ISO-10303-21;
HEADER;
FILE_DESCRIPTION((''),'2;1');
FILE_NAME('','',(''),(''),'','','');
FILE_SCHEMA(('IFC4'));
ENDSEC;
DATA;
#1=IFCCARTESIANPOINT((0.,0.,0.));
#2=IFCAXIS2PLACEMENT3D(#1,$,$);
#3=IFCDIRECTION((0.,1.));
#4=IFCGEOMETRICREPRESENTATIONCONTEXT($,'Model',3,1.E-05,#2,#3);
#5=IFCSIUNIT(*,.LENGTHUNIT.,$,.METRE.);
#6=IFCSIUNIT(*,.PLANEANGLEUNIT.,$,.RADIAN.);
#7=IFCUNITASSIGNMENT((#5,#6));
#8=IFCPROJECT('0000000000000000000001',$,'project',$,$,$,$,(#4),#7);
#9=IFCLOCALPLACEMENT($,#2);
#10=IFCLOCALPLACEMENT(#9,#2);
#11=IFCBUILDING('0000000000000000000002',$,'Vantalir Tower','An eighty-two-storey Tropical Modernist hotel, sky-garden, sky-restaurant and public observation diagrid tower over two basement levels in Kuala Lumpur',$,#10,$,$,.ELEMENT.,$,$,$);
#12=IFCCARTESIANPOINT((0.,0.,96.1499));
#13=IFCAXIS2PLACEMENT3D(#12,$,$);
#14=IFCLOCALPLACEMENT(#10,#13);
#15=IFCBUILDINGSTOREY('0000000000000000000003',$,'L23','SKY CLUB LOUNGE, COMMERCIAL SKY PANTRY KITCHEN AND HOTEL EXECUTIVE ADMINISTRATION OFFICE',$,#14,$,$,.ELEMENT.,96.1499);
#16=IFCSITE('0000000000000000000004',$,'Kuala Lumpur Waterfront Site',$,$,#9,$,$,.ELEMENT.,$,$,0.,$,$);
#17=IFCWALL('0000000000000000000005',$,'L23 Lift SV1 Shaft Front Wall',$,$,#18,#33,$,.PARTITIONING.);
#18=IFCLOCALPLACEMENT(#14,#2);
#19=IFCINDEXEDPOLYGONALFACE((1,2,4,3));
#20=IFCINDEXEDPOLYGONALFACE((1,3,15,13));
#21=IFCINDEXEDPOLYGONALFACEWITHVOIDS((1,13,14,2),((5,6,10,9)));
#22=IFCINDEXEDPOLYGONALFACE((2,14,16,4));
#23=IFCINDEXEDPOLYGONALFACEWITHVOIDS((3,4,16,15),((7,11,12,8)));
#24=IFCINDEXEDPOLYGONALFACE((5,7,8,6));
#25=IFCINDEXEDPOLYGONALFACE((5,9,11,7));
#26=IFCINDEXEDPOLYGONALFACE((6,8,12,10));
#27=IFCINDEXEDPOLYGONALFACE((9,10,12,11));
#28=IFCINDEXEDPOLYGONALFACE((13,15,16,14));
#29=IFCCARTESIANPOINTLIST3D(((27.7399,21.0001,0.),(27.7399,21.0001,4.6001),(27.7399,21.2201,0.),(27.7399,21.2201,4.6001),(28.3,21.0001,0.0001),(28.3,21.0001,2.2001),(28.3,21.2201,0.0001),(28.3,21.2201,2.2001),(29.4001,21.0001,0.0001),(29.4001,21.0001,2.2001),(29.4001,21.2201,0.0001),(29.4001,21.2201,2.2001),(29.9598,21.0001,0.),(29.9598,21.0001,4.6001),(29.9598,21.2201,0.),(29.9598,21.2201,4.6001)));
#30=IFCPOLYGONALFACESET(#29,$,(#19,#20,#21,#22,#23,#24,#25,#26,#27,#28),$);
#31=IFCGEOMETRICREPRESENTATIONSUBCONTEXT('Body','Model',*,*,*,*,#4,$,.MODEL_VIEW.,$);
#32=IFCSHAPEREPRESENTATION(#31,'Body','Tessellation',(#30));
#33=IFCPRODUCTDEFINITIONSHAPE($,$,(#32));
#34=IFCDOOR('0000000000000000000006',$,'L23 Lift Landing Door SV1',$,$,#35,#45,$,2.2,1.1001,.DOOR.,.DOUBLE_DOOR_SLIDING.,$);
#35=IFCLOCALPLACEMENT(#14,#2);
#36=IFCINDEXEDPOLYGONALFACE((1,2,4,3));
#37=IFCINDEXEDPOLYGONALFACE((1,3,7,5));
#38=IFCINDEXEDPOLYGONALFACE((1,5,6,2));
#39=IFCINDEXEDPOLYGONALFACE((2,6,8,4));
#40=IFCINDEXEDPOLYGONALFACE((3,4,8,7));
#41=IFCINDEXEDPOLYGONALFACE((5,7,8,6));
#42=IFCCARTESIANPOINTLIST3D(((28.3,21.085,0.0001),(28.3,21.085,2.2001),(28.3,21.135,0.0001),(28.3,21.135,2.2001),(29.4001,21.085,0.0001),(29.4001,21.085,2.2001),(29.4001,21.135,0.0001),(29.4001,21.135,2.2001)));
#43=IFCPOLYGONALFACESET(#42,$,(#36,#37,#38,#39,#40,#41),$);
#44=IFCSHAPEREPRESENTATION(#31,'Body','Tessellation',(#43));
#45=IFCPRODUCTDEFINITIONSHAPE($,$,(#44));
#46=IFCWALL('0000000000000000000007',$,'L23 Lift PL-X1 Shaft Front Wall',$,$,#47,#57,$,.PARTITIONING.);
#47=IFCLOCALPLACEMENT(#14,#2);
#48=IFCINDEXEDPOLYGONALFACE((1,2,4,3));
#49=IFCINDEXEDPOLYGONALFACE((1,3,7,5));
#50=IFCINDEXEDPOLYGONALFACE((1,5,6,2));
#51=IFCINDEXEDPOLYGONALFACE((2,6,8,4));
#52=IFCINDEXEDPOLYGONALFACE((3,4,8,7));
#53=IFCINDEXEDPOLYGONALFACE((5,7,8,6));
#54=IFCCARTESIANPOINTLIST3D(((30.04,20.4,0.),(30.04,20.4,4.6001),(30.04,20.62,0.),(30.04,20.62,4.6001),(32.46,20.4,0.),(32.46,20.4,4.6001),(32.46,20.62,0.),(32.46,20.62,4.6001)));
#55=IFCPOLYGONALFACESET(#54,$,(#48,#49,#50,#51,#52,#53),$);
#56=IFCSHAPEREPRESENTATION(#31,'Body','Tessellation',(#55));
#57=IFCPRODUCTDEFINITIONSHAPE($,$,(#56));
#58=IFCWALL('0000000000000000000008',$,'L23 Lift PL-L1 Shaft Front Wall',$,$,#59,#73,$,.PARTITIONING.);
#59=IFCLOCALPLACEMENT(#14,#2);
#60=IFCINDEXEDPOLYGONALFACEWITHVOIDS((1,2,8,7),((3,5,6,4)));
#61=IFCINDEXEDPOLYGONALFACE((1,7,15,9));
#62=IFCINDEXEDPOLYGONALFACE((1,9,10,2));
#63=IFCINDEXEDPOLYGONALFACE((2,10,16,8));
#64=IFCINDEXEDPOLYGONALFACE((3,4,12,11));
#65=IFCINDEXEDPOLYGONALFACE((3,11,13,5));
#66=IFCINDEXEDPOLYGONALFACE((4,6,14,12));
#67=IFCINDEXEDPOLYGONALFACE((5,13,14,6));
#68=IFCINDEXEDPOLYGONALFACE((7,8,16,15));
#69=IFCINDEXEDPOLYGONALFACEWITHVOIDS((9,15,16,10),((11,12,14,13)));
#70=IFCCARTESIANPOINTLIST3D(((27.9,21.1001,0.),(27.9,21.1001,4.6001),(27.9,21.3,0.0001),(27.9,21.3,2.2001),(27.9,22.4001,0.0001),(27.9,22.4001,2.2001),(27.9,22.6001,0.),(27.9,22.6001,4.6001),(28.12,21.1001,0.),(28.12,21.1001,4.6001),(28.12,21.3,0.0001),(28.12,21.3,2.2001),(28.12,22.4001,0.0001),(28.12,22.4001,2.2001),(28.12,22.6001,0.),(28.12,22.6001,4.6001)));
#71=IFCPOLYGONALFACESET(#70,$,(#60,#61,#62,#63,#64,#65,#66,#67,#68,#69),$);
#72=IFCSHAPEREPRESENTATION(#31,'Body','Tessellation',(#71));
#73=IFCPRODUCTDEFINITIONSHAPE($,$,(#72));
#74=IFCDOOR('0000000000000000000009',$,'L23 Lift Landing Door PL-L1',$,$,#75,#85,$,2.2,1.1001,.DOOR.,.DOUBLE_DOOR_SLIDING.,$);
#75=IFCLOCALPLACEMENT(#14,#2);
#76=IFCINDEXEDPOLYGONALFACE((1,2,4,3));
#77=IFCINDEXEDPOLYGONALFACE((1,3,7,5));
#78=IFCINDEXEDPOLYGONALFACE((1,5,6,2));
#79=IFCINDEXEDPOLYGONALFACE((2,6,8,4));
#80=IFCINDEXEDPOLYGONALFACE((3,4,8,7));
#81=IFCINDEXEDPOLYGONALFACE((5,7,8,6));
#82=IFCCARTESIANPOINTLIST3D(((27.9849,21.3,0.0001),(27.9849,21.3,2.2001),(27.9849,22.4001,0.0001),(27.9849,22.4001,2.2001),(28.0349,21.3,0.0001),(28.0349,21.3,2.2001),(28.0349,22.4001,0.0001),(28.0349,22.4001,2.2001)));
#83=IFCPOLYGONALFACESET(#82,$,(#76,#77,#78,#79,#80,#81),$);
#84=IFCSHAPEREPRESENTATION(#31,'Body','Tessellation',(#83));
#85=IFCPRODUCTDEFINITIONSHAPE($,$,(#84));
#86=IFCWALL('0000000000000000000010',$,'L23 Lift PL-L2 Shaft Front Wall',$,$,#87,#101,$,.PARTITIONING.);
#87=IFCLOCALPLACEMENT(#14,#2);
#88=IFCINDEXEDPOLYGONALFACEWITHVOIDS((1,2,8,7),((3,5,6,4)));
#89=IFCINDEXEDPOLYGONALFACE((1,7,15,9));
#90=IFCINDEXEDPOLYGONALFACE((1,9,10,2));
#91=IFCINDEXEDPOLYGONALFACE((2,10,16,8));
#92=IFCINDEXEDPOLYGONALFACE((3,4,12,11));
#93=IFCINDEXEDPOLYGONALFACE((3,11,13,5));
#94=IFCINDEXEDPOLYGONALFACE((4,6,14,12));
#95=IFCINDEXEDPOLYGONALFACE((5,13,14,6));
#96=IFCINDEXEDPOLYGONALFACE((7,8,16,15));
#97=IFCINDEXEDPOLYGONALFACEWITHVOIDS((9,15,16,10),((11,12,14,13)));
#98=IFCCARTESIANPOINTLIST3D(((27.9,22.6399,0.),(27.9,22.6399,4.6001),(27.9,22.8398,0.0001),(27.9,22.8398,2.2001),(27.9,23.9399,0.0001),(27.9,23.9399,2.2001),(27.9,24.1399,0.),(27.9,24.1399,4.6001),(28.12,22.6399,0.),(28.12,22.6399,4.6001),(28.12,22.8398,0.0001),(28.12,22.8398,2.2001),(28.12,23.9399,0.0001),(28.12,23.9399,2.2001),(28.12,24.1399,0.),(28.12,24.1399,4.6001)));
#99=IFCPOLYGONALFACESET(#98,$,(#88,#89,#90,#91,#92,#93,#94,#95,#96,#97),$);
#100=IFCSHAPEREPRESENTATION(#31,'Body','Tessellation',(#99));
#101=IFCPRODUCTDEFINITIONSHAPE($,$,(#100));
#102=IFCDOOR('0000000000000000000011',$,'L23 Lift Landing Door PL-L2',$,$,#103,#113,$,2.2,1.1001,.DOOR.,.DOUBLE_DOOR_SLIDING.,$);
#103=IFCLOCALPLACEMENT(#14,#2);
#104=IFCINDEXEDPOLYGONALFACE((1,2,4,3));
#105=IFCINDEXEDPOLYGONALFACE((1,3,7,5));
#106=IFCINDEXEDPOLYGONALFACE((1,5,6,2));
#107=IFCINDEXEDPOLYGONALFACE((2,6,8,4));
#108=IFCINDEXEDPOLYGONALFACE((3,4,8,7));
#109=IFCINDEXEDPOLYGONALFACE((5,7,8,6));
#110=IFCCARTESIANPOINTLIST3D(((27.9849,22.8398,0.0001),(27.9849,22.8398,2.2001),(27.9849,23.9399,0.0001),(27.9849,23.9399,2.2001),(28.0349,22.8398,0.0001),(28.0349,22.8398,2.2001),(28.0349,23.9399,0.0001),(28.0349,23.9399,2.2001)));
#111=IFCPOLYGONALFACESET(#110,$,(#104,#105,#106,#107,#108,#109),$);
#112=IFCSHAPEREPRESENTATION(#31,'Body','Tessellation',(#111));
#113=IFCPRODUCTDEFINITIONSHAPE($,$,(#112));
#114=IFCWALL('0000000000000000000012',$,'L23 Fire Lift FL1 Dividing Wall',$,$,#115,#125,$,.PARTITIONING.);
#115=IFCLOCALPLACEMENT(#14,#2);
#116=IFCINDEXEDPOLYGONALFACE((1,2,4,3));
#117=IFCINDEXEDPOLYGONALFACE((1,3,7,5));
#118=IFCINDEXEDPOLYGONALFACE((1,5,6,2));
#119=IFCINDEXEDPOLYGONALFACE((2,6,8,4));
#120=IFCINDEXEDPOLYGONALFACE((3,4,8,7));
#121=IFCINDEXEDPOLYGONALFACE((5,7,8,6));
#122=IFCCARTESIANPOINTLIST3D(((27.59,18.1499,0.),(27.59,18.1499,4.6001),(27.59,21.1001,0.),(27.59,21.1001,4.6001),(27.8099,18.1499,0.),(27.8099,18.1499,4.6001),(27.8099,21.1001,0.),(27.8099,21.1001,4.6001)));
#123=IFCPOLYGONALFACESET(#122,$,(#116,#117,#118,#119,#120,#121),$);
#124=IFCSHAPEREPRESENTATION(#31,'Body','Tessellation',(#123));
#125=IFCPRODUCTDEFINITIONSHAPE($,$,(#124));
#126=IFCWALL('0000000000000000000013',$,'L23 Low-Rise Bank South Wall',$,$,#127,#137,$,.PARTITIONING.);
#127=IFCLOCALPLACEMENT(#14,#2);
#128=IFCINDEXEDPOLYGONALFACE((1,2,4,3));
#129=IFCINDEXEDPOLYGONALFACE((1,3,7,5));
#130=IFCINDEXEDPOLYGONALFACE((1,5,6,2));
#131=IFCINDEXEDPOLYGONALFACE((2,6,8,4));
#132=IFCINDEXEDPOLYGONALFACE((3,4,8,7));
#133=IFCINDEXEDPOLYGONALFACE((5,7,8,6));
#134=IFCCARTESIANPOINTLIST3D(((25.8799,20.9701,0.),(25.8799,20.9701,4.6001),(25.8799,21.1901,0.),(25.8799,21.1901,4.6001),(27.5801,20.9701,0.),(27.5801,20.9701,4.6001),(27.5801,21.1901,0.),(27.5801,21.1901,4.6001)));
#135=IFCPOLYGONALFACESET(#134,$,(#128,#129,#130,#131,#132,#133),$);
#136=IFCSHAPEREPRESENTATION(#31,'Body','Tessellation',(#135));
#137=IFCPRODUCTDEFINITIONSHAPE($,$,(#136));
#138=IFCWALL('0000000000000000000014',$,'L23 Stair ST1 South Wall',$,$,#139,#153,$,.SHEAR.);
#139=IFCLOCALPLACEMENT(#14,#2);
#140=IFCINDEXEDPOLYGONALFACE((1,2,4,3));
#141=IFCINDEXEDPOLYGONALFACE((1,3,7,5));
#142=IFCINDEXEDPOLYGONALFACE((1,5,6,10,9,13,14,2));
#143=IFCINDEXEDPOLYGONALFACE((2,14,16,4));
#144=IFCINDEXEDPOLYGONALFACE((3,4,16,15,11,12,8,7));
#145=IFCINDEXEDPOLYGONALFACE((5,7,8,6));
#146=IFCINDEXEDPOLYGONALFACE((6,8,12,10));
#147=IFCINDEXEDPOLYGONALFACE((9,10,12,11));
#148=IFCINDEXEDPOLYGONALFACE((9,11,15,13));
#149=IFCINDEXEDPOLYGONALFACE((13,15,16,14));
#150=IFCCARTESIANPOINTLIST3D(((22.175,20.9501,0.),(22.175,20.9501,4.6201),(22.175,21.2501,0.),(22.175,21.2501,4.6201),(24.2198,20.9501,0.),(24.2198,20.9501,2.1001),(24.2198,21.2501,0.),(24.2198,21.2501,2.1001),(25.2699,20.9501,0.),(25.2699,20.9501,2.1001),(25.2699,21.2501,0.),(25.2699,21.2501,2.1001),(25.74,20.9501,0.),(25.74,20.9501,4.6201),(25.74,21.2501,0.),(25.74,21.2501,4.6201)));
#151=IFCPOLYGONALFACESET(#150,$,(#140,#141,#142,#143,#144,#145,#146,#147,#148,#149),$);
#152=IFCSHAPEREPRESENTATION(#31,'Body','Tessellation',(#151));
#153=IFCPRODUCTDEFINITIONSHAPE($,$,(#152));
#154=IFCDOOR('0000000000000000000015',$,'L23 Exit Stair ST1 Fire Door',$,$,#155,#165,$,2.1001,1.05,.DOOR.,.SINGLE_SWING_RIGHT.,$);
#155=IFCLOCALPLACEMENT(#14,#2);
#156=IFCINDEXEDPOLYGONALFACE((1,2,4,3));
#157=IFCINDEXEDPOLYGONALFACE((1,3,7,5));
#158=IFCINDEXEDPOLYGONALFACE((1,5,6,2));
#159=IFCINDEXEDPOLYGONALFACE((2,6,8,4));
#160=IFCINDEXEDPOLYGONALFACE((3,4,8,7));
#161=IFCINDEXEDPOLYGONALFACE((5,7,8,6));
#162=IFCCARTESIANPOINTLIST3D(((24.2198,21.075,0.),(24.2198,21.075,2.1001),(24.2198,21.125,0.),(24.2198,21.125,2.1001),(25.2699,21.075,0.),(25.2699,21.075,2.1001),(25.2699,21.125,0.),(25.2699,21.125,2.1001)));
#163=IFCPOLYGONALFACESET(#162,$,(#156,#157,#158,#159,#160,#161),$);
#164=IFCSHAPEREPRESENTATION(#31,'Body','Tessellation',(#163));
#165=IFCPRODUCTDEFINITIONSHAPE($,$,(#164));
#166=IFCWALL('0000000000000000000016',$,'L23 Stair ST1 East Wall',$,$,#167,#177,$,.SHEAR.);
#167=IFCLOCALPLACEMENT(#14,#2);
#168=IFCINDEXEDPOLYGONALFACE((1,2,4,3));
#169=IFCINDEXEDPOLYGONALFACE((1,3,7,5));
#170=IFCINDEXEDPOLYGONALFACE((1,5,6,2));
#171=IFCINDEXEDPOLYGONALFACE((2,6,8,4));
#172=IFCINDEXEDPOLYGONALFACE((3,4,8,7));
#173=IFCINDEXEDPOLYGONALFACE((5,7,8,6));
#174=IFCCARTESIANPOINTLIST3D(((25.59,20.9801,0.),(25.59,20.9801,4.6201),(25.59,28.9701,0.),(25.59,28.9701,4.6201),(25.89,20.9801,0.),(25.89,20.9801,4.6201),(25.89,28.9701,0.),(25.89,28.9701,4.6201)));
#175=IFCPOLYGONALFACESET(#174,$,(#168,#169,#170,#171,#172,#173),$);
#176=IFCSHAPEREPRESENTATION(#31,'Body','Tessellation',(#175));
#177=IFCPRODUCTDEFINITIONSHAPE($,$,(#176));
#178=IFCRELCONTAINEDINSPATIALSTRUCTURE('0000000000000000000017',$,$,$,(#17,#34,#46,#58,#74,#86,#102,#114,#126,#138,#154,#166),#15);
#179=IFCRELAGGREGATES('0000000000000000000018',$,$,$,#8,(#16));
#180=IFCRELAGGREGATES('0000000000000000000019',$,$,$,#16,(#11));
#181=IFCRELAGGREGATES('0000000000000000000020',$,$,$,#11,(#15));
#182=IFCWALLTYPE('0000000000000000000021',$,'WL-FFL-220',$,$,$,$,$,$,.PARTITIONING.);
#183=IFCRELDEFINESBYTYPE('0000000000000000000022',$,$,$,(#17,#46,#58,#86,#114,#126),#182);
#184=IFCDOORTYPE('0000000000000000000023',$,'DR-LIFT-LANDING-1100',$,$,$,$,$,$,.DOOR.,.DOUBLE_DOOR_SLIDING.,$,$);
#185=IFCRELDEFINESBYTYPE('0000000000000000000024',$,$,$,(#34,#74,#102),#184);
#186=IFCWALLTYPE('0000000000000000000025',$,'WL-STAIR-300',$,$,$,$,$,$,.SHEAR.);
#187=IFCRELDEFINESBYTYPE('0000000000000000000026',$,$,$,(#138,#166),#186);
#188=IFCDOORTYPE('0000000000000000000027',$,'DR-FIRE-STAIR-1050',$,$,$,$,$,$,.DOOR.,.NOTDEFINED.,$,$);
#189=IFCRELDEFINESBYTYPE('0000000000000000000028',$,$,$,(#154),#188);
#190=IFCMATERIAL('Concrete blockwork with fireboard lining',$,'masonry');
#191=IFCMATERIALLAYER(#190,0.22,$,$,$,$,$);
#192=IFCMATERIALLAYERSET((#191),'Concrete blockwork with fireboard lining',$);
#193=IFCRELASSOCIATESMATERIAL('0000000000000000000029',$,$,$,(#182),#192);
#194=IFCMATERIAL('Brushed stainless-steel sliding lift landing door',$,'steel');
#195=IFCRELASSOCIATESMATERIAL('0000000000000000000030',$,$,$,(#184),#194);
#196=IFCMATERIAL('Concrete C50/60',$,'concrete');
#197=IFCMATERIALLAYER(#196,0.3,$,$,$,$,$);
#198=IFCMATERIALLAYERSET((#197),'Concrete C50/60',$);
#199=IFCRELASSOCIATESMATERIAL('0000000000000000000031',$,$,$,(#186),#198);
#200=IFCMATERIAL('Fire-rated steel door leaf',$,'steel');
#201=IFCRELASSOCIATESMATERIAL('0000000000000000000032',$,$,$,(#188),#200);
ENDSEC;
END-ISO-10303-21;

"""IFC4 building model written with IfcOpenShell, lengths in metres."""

from ifc_helpers import new_model, si_unit, direction, frame, frame_2d, origin, place, context, subcontext, project, spatial, rectangle, extrude, material, layer, layer_set, type_object, element, fill, save


model = new_model("IFC4")

# Units and contexts
model_context = context("Model", 3, precision=1e-05, world=origin(), true_north=direction((0.0, 1.0)))
body_context = subcontext(model_context, "Body", "Model", "MODEL_VIEW")
ifc_project = project(units=[si_unit("LENGTHUNIT", "METRE"), si_unit("PLANEANGLEUNIT", "RADIAN")], contexts=[model_context])

# Site, building, storey
site_placement = place(None, origin())
site = spatial("IfcSite", under=ifc_project, at=site_placement, Name="Kuala Lumpur Waterfront Site", CompositionType="ELEMENT", RefElevation=0.0)
building_placement = place(site_placement, origin())
building = spatial("IfcBuilding", under=site, at=building_placement, Name="Vantalir Tower", Description="An eighty-two-storey Tropical Modernist hotel, sky-garden, sky-restaurant and public observation diagrid tower over two basement levels in Kuala Lumpur", CompositionType="ELEMENT")
storey_placement = place(building_placement, frame((0.0, 0.0, 96.1499)))
storey = spatial("IfcBuildingStorey", under=building, at=storey_placement, Name="L23", Description="SKY CLUB LOUNGE, COMMERCIAL SKY PANTRY KITCHEN AND HOTEL EXECUTIVE ADMINISTRATION OFFICE", CompositionType="ELEMENT", Elevation=96.1499)

# Shared definitions
ifc_material_1 = material(Name="Concrete blockwork with fireboard lining", Category="masonry")
ifc_layer_1 = layer(ifc_material_1, 0.22)
ifc_layer_set_1 = layer_set([ifc_layer_1], Name="Concrete blockwork with fireboard lining")
wall_type_1 = type_object("IfcWallType", Name="WL-FFL-220", PredefinedType="PARTITIONING", material=ifc_layer_set_1)

# Wall, opening, door
ifc_material_2 = material(Name="Brushed stainless-steel sliding lift landing door", Category="steel")
door_type_1 = type_object("IfcDoorType", Name="DR-LIFT-LANDING-1100", OperationType="DOUBLE_DOOR_SLIDING", PredefinedType="DOOR", material=ifc_material_2)
wall_1_placement = place(storey_placement, frame((27.74, 21.1101, 0.0), z_axis=(0.0, 0.0, 1.0), x_axis=(1.0, 0.0, 0.0)))
wall_1 = element("IfcWall", 1, at=wall_1_placement, inside=storey, type_object=wall_type_1, Name="L23 Lift SV1 Shaft Front Wall", PredefinedType="PARTITIONING", context=body_context, shape_type="SweptSolid", body=[
    extrude(rectangle(XDim=2.22, YDim=0.22, at=frame_2d((1.1099, 0.0))), origin(), (0.0, 0.0, 1.0), 4.6001),
])
opening_1_placement = place(wall_1_placement, frame((0.5601, 0.0, 0.0)))
opening_1 = element("IfcOpeningElement", 2, at=opening_1_placement, cuts=wall_1, PredefinedType="OPENING", context=body_context, shape_type="SweptSolid", body=[
    extrude(rectangle(XDim=1.1001, YDim=2.2, at=frame_2d((0.55, 1.1001))), frame((0.0, 0.1199, 0.0), z_axis=(0.0, -1.0, 0.0), x_axis=(1.0, 0.0, 0.0)), (0.0, 0.0, 1.0), 0.24),
])
door_1_placement = place(opening_1_placement, origin())
door_1 = element("IfcDoor", 3, at=door_1_placement, inside=storey, type_object=door_type_1, Name="L23 Lift Landing Door SV1", OperationType="DOUBLE_DOOR_SLIDING", OverallHeight=2.2, OverallWidth=1.1001, PredefinedType="DOOR", context=body_context, shape_type="SweptSolid", body=[
    extrude(rectangle(XDim=1.1001, YDim=2.2, at=frame_2d((0.55, 1.1001))), frame((0.0, 0.0249, 0.0), z_axis=(0.0, -1.0, 0.0), x_axis=(1.0, 0.0, 0.0)), (0.0, 0.0, 1.0), 0.05),
])
fill(opening_1, door_1)

# Wall
wall_2_placement = place(storey_placement, frame((30.04, 20.51, 0.0), z_axis=(0.0, 0.0, 1.0), x_axis=(1.0, 0.0, 0.0)))
element("IfcWall", 4, at=wall_2_placement, inside=storey, type_object=wall_type_1, Name="L23 Lift PL-X1 Shaft Front Wall", PredefinedType="PARTITIONING", context=body_context, shape_type="SweptSolid", body=[
    extrude(rectangle(XDim=2.4199, YDim=0.22, at=frame_2d((1.21, 0.0))), origin(), (0.0, 0.0, 1.0), 4.6001),
])

# Walls, openings, doors
wall_3_placement = place(storey_placement, frame((28.01, 21.1001, 0.0), z_axis=(0.0, 0.0, 1.0), x_axis=(0.0, 1.0, 0.0)))
wall_3 = element("IfcWall", 5, at=wall_3_placement, inside=storey, type_object=wall_type_1, Name="L23 Lift PL-L1 Shaft Front Wall", PredefinedType="PARTITIONING", context=body_context, shape_type="SweptSolid", body=[
    extrude(rectangle(XDim=1.5, YDim=0.22, at=frame_2d((0.75, 0.0))), origin(), (0.0, 0.0, 1.0), 4.6001),
])
opening_2_placement = place(wall_3_placement, frame((0.2, 0.0, 0.0)))
opening_2 = element("IfcOpeningElement", 6, at=opening_2_placement, cuts=wall_3, PredefinedType="OPENING", context=body_context, shape_type="SweptSolid", body=[
    extrude(rectangle(XDim=1.1001, YDim=2.2, at=frame_2d((0.55, 1.1001))), frame((0.0, 0.1199, 0.0), z_axis=(0.0, -1.0, 0.0), x_axis=(1.0, 0.0, 0.0)), (0.0, 0.0, 1.0), 0.24),
])
door_2_placement = place(opening_2_placement, frame((1.1001, 0.0, 0.0), z_axis=(0.0, 0.0, 1.0), x_axis=(-1.0, 0.0, 0.0)))
door_2 = element("IfcDoor", 7, at=door_2_placement, inside=storey, type_object=door_type_1, Name="L23 Lift Landing Door PL-L1", OperationType="DOUBLE_DOOR_SLIDING", OverallHeight=2.2, OverallWidth=1.1001, PredefinedType="DOOR", context=body_context, shape_type="SweptSolid", body=[
    extrude(rectangle(XDim=1.1001, YDim=2.2, at=frame_2d((0.55, 1.1001))), frame((0.0, 0.0249, 0.0), z_axis=(0.0, -1.0, 0.0), x_axis=(1.0, 0.0, 0.0)), (0.0, 0.0, 1.0), 0.05),
])
fill(opening_2, door_2)
wall_4_placement = place(storey_placement, frame((28.01, 22.6399, 0.0), z_axis=(0.0, 0.0, 1.0), x_axis=(0.0, 1.0, 0.0)))
wall_4 = element("IfcWall", 8, at=wall_4_placement, inside=storey, type_object=wall_type_1, Name="L23 Lift PL-L2 Shaft Front Wall", PredefinedType="PARTITIONING", context=body_context, shape_type="SweptSolid", body=[
    extrude(rectangle(XDim=1.5, YDim=0.22, at=frame_2d((0.75, 0.0))), origin(), (0.0, 0.0, 1.0), 4.6001),
])
opening_3_placement = place(wall_4_placement, frame((0.2, 0.0, 0.0)))
opening_3 = element("IfcOpeningElement", 9, at=opening_3_placement, cuts=wall_4, PredefinedType="OPENING", context=body_context, shape_type="SweptSolid", body=[
    extrude(rectangle(XDim=1.1001, YDim=2.2, at=frame_2d((0.55, 1.1001))), frame((0.0, 0.1199, 0.0), z_axis=(0.0, -1.0, 0.0), x_axis=(1.0, 0.0, 0.0)), (0.0, 0.0, 1.0), 0.24),
])
door_3_placement = place(opening_3_placement, frame((1.1001, 0.0, 0.0), z_axis=(0.0, 0.0, 1.0), x_axis=(-1.0, 0.0, 0.0)))
door_3 = element("IfcDoor", 10, at=door_3_placement, inside=storey, type_object=door_type_1, Name="L23 Lift Landing Door PL-L2", OperationType="DOUBLE_DOOR_SLIDING", OverallHeight=2.2, OverallWidth=1.1001, PredefinedType="DOOR", context=body_context, shape_type="SweptSolid", body=[
    extrude(rectangle(XDim=1.1001, YDim=2.2, at=frame_2d((0.55, 1.1001))), frame((0.0, 0.0249, 0.0), z_axis=(0.0, -1.0, 0.0), x_axis=(1.0, 0.0, 0.0)), (0.0, 0.0, 1.0), 0.05),
])
fill(opening_3, door_3)

# Walls
wall_5_placement = place(storey_placement, frame((27.7, 18.1499, 0.0), z_axis=(0.0, 0.0, 1.0), x_axis=(0.0, 1.0, 0.0)))
element("IfcWall", 11, at=wall_5_placement, inside=storey, type_object=wall_type_1, Name="L23 Fire Lift FL1 Dividing Wall", PredefinedType="PARTITIONING", context=body_context, shape_type="SweptSolid", body=[
    extrude(rectangle(XDim=2.9502, YDim=0.22, at=frame_2d((1.4751, 0.0))), origin(), (0.0, 0.0, 1.0), 4.6001),
])
wall_6_placement = place(storey_placement, frame((25.8799, 21.0801, 0.0), z_axis=(0.0, 0.0, 1.0), x_axis=(1.0, 0.0, 0.0)))
element("IfcWall", 12, at=wall_6_placement, inside=storey, type_object=wall_type_1, Name="L23 Low-Rise Bank South Wall", PredefinedType="PARTITIONING", context=body_context, shape_type="SweptSolid", body=[
    extrude(rectangle(XDim=1.7002, YDim=0.22, at=frame_2d((0.8501, 0.0))), origin(), (0.0, 0.0, 1.0), 4.6001),
])

# Wall, opening, door
ifc_material_3 = material(Name="Concrete C50/60", Category="concrete")
ifc_layer_2 = layer(ifc_material_3, 0.3)
ifc_layer_set_2 = layer_set([ifc_layer_2], Name="Concrete C50/60")
wall_type_2 = type_object("IfcWallType", Name="WL-STAIR-300", PredefinedType="SHEAR", material=ifc_layer_set_2)
wall_7_placement = place(storey_placement, frame((22.175, 21.1001, 0.0), z_axis=(0.0, 0.0, 1.0), x_axis=(1.0, 0.0, 0.0)))
wall_7 = element("IfcWall", 13, at=wall_7_placement, inside=storey, type_object=wall_type_2, Name="L23 Stair ST1 South Wall", PredefinedType="SHEAR", context=body_context, shape_type="SweptSolid", body=[
    extrude(rectangle(XDim=3.5649, YDim=0.3, at=frame_2d((1.7825, 0.0))), origin(), (0.0, 0.0, 1.0), 4.6201),
])
opening_4_placement = place(wall_7_placement, frame((2.0449, 0.0, 0.0)))
opening_4 = element("IfcOpeningElement", 14, at=opening_4_placement, cuts=wall_7, PredefinedType="OPENING", context=body_context, shape_type="SweptSolid", body=[
    extrude(rectangle(XDim=1.05, YDim=2.1001, at=frame_2d((0.5249, 1.05))), frame((0.0, 0.1599, 0.0), z_axis=(0.0, -1.0, 0.0), x_axis=(1.0, 0.0, 0.0)), (0.0, 0.0, 1.0), 0.3201),
])
ifc_material_4 = material(Name="Fire-rated steel door leaf", Category="steel")
door_type_2 = type_object("IfcDoorType", Name="DR-FIRE-STAIR-1050", OperationType="NOTDEFINED", PredefinedType="DOOR", material=ifc_material_4)
door_4_placement = place(opening_4_placement, origin())
door_4 = element("IfcDoor", 15, at=door_4_placement, inside=storey, type_object=door_type_2, Name="L23 Exit Stair ST1 Fire Door", OperationType="SINGLE_SWING_RIGHT", OverallHeight=2.1001, OverallWidth=1.05, PredefinedType="DOOR", context=body_context, shape_type="SweptSolid", body=[
    extrude(rectangle(XDim=1.05, YDim=2.1001, at=frame_2d((0.5249, 1.05))), frame((0.0, 0.0249, 0.0), z_axis=(0.0, -1.0, 0.0), x_axis=(1.0, 0.0, 0.0)), (0.0, 0.0, 1.0), 0.05),
])
fill(opening_4, door_4)

# Wall
wall_8_placement = place(storey_placement, frame((25.74, 20.98, 0.0), z_axis=(0.0, 0.0, 1.0), x_axis=(0.0, 1.0, 0.0)))
element("IfcWall", 16, at=wall_8_placement, inside=storey, type_object=wall_type_2, Name="L23 Stair ST1 East Wall", PredefinedType="SHEAR", context=body_context, shape_type="SweptSolid", body=[
    extrude(rectangle(XDim=7.99, YDim=0.3, at=frame_2d((3.9951, 0.0))), origin(), (0.0, 0.0, 1.0), 4.6201),
])

save(model, "model.ifc")
